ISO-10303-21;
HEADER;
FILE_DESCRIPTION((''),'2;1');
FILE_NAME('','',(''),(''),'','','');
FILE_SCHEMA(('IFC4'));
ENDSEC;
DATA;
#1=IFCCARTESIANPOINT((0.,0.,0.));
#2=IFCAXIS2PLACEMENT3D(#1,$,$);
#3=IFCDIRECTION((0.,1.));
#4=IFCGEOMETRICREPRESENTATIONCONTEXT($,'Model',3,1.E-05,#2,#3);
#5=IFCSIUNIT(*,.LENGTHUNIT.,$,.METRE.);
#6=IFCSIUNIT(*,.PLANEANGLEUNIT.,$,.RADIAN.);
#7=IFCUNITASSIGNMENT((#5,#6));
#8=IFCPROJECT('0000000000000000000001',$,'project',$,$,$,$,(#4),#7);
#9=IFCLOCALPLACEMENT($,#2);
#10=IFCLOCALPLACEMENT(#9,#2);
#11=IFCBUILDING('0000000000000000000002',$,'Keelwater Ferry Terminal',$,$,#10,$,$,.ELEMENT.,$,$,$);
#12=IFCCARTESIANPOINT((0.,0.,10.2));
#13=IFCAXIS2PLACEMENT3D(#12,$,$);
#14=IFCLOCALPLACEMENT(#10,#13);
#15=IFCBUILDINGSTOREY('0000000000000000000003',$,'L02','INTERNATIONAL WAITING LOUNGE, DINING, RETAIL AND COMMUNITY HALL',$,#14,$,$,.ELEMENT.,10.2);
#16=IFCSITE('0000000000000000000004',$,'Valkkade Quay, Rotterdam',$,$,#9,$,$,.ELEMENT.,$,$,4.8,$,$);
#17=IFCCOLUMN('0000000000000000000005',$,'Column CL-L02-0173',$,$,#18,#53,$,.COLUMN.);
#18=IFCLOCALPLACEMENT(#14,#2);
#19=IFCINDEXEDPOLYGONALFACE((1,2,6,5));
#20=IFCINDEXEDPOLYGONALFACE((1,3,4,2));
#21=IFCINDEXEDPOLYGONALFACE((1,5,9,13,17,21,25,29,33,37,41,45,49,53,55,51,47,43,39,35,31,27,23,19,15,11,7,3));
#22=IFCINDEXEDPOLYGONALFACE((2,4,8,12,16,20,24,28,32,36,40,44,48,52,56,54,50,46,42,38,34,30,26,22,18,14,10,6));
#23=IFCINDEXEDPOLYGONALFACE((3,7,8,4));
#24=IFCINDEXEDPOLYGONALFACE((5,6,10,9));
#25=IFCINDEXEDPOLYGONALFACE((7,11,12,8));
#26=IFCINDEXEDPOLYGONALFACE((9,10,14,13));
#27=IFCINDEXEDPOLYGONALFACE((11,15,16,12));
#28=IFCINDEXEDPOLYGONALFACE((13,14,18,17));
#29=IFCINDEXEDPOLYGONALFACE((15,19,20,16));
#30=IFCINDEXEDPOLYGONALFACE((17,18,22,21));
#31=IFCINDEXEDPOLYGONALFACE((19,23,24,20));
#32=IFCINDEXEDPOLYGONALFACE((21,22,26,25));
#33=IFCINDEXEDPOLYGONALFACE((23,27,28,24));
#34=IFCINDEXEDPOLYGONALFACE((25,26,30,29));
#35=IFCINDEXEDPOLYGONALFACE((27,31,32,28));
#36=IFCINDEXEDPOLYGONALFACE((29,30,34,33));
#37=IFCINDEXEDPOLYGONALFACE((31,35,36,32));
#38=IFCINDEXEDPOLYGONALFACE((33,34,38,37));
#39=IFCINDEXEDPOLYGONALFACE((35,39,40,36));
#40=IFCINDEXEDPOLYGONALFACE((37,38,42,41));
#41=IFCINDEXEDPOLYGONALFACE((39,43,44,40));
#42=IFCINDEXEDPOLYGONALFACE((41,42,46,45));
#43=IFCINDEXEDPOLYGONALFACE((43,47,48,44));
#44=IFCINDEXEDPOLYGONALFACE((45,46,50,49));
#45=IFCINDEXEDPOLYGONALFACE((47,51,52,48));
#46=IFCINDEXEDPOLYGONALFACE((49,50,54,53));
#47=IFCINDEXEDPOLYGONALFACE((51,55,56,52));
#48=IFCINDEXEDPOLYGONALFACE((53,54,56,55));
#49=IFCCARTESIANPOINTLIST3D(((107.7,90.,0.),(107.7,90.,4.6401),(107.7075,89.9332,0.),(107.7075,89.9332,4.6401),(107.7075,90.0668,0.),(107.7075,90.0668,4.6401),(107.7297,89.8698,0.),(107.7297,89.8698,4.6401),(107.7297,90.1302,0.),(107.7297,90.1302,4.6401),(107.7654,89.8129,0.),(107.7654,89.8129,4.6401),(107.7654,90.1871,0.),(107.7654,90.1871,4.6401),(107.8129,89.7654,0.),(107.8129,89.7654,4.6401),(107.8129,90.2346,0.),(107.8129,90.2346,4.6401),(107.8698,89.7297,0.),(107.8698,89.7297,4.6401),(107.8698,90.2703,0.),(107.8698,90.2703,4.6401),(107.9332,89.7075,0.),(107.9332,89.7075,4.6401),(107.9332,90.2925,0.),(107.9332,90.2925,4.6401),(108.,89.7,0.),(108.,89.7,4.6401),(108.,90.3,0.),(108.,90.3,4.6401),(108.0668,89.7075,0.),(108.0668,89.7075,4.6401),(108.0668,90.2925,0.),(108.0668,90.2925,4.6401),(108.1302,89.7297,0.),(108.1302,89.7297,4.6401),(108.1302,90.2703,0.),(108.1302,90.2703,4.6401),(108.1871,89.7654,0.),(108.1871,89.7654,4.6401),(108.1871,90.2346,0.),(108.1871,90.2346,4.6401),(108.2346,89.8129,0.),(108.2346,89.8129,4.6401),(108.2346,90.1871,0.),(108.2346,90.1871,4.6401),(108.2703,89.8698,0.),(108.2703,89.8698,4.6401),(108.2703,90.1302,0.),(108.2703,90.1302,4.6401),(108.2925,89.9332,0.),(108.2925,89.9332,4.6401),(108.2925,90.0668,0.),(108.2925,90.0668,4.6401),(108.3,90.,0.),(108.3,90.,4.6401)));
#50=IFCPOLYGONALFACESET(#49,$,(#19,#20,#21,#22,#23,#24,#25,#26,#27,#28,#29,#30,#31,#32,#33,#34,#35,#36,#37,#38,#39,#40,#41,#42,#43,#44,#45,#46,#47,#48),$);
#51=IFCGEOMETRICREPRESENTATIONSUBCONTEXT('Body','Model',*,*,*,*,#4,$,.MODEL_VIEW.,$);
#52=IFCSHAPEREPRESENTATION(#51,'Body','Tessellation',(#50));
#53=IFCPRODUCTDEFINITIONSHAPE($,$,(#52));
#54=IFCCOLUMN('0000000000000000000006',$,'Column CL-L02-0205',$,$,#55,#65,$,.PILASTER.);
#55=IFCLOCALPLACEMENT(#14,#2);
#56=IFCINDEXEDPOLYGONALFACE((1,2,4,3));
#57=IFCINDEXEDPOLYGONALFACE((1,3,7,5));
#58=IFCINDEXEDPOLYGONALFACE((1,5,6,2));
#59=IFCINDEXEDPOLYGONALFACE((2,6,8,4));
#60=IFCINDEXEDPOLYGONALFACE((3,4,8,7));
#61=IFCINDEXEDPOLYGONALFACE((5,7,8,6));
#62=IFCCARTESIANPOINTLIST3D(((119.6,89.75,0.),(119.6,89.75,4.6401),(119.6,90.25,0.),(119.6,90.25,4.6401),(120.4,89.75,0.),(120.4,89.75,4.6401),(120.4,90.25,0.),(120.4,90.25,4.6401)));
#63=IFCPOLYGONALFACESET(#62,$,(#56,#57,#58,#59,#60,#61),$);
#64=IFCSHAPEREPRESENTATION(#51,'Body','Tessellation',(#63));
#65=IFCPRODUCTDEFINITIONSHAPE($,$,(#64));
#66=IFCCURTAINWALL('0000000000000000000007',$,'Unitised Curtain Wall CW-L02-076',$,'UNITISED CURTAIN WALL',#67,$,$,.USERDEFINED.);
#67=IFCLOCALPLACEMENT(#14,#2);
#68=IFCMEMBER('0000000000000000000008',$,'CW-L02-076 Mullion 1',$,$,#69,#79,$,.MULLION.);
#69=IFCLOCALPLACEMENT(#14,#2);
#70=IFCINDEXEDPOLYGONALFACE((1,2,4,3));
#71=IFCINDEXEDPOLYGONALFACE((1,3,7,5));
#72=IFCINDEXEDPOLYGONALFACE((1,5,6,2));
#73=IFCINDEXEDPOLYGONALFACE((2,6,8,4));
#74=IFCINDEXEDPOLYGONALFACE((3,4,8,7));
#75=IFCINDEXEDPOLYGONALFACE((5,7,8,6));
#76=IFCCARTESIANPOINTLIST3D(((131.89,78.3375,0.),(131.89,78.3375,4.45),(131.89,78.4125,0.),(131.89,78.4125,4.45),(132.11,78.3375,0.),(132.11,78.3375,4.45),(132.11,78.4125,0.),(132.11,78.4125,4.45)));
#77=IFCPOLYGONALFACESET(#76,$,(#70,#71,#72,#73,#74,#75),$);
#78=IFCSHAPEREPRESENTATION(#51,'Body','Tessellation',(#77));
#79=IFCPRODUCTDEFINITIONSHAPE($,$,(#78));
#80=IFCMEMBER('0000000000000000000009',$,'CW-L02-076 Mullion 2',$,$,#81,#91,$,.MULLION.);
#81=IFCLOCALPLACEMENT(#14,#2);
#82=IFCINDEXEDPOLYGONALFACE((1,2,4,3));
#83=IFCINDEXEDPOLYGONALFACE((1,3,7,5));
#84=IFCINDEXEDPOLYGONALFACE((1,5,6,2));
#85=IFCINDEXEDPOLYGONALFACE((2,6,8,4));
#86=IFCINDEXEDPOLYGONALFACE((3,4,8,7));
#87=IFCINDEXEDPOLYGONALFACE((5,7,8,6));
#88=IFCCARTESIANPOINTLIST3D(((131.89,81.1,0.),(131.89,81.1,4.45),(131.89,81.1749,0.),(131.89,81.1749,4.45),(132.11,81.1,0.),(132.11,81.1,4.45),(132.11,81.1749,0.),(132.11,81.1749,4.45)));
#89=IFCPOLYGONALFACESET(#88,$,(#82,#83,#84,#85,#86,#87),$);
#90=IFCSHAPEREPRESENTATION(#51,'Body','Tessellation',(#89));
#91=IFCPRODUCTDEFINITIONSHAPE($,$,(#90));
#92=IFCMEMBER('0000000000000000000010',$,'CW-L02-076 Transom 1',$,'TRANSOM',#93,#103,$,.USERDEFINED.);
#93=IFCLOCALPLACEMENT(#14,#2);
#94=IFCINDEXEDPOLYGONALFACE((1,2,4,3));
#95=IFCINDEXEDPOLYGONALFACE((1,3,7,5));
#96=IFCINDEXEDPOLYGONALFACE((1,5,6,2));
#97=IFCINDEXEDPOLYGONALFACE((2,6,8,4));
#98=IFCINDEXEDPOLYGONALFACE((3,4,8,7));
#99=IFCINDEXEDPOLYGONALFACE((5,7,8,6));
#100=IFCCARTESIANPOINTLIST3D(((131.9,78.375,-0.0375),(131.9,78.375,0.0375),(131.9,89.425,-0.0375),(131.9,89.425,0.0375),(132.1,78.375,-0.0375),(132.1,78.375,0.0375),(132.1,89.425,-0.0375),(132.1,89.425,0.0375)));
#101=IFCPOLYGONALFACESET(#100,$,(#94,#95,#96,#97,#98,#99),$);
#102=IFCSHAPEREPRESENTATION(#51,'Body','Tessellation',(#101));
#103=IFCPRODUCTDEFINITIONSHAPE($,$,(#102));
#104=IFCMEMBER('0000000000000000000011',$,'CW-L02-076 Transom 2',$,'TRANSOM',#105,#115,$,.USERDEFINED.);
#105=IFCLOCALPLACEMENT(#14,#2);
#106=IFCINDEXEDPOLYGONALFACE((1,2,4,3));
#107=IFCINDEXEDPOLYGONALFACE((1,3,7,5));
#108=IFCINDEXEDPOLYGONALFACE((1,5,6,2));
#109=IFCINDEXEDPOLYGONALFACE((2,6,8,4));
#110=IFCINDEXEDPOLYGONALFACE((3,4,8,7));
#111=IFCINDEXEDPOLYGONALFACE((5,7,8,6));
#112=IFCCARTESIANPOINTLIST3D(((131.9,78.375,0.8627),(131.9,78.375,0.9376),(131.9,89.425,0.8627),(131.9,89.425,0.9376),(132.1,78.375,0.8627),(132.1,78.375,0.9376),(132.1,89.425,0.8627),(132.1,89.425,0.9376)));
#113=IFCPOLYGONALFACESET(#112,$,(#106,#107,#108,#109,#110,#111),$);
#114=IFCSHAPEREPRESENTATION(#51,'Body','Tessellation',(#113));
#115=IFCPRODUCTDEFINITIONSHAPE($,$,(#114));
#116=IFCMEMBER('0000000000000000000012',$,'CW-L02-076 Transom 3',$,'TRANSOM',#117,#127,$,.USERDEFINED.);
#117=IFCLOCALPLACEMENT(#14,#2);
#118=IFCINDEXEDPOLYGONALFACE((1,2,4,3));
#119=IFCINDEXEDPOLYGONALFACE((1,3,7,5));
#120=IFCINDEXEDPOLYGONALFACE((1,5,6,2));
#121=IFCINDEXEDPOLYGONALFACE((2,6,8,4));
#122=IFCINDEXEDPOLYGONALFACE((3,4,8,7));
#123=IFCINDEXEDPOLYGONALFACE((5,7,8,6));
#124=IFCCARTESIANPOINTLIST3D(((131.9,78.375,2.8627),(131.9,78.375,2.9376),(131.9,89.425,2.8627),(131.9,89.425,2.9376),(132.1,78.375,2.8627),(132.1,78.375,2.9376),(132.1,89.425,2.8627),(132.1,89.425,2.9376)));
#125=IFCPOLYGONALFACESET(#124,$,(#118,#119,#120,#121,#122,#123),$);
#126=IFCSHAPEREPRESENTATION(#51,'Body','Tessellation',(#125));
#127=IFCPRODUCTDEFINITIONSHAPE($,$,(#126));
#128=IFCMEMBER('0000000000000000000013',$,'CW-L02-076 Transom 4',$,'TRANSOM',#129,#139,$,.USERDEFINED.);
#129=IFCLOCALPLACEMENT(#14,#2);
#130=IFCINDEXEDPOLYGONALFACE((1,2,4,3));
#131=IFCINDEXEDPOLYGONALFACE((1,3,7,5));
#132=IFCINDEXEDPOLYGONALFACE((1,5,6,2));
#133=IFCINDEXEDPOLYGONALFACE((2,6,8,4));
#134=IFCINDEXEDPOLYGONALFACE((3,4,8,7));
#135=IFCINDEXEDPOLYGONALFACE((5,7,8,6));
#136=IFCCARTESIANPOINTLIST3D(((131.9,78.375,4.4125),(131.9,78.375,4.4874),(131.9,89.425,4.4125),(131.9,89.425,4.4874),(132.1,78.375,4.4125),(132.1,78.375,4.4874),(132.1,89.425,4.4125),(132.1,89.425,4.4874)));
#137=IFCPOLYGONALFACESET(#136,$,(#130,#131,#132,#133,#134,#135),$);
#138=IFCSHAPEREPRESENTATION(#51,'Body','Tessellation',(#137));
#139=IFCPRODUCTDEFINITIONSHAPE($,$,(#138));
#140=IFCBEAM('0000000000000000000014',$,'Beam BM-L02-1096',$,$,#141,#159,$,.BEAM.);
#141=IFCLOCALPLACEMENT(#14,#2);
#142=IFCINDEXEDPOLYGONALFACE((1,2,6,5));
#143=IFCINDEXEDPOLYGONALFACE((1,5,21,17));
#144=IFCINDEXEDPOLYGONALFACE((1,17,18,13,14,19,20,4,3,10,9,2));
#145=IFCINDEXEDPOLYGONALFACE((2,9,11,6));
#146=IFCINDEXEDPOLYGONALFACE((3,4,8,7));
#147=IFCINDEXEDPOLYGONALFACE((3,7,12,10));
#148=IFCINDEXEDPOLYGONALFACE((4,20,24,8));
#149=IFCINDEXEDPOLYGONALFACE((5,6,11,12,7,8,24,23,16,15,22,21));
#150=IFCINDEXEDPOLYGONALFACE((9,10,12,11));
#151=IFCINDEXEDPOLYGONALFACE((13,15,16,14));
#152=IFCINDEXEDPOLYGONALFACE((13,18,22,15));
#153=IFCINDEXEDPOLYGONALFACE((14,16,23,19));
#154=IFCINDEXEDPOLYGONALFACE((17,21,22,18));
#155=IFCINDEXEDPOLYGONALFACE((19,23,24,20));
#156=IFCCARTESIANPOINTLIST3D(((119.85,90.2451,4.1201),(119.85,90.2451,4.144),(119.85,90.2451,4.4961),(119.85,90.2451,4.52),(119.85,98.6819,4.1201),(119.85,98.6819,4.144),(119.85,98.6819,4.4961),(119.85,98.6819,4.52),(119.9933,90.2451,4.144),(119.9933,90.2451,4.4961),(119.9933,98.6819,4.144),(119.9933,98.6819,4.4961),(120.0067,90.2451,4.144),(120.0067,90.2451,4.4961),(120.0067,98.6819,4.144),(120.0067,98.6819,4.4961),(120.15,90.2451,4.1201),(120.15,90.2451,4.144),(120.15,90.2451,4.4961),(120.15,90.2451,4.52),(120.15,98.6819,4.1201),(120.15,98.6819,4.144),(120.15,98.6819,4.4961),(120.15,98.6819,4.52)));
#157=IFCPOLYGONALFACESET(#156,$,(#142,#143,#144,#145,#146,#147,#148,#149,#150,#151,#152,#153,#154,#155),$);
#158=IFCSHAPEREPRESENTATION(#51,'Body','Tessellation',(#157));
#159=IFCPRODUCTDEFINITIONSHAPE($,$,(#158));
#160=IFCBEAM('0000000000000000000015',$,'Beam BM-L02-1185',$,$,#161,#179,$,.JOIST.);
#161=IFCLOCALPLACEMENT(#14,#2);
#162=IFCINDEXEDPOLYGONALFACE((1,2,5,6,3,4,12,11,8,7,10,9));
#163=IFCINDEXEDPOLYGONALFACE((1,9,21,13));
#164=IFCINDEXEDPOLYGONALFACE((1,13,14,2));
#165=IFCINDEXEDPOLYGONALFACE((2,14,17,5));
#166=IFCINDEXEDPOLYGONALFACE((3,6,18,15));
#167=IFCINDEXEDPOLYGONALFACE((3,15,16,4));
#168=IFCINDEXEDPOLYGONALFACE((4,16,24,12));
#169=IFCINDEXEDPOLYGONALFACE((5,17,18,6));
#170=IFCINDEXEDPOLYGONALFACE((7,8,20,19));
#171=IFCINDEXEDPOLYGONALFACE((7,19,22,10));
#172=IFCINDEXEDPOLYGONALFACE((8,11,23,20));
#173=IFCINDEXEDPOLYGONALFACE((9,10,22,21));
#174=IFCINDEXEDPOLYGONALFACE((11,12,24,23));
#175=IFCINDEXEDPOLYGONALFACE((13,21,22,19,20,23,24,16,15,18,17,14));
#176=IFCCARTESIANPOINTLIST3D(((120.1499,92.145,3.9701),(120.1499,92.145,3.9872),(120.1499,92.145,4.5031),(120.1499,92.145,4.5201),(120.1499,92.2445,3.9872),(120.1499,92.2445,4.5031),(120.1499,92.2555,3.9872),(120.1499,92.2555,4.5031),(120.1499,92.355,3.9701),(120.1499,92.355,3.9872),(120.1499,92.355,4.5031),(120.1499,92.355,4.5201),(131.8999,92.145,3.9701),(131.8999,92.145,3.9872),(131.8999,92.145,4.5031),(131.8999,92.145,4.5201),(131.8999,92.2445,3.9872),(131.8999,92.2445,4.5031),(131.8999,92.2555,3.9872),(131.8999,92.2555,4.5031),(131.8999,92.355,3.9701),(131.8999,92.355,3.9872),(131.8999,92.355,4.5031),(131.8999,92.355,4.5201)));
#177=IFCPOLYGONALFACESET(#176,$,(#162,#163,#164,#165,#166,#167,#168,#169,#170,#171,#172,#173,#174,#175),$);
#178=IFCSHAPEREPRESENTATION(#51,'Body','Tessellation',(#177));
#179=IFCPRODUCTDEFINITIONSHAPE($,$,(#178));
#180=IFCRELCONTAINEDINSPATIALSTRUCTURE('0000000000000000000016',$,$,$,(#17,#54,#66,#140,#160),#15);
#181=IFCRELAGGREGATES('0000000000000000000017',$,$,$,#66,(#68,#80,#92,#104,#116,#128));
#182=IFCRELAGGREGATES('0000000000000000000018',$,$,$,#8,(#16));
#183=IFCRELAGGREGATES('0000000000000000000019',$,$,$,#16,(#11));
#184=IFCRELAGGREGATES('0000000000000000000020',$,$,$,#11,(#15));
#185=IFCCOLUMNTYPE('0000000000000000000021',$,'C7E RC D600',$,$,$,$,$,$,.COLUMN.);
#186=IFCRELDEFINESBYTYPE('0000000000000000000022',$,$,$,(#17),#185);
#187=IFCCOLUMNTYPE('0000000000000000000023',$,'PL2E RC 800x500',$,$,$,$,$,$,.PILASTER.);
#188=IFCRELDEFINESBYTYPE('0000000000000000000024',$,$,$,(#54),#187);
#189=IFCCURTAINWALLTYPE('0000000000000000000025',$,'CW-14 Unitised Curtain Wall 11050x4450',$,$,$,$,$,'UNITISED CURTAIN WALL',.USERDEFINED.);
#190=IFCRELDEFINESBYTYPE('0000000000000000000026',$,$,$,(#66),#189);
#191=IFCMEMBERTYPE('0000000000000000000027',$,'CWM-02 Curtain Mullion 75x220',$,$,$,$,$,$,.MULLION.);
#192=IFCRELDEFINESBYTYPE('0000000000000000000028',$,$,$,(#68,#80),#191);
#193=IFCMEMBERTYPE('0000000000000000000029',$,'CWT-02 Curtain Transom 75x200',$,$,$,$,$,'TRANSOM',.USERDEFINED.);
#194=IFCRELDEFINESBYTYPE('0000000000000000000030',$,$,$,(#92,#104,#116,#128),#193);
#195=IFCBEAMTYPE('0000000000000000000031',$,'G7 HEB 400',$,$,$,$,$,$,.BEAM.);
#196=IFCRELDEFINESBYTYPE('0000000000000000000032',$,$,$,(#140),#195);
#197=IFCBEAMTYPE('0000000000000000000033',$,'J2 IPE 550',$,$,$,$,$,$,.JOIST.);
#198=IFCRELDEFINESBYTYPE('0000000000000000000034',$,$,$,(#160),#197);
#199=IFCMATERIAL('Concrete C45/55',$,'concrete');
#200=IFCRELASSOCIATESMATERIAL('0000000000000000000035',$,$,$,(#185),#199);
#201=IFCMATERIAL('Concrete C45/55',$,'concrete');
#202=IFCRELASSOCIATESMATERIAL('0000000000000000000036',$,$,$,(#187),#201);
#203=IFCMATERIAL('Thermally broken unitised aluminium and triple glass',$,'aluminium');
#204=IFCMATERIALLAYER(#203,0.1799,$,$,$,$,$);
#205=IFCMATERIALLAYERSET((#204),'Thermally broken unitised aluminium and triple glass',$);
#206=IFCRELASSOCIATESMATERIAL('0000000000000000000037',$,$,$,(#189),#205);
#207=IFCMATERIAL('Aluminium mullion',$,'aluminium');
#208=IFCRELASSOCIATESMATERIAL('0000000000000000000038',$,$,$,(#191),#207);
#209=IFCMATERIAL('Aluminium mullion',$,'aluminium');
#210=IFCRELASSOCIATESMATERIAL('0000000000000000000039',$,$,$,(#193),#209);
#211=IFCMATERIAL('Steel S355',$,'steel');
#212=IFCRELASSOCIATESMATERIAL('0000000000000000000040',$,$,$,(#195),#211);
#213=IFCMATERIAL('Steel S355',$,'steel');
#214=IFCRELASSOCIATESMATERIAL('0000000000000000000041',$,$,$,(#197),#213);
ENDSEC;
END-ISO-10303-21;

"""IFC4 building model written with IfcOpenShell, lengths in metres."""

from ifc_helpers import new_model, si_unit, direction, frame, origin, origin_2d, place, context, subcontext, project, spatial, rectangle, circle, i_section, extrude, material, layer, layer_set, material_profile, profile_set, type_object, element, aggregate, save


model = new_model("IFC4")

# Units and contexts
model_context = context("Model", 3, precision=1e-05, world=origin(), true_north=direction((0.0, 1.0)))
body_context = subcontext(model_context, "Body", "Model", "MODEL_VIEW")
ifc_project = project(units=[si_unit("LENGTHUNIT", "METRE"), si_unit("PLANEANGLEUNIT", "RADIAN")], contexts=[model_context])

# Site, building, storey
site_placement = place(None, origin())
site = spatial("IfcSite", under=ifc_project, at=site_placement, Name="Valkkade Quay, Rotterdam", CompositionType="ELEMENT", RefElevation=4.8)
building_placement = place(site_placement, origin())
building = spatial("IfcBuilding", under=site, at=building_placement, Name="Keelwater Ferry Terminal", CompositionType="ELEMENT")
storey_placement = place(building_placement, frame((0.0, 0.0, 10.2)))
storey = spatial("IfcBuildingStorey", under=building, at=storey_placement, Name="L02", Description="INTERNATIONAL WAITING LOUNGE, DINING, RETAIL AND COMMUNITY HALL", CompositionType="ELEMENT", Elevation=10.2)

# Columns
ifc_material_1 = material(Name="Concrete C45/55", Category="concrete")
ifc_material_profile_1 = material_profile(ifc_material_1, circle(Radius=0.3, at=origin_2d()), Name="RC D600")
ifc_profile_set_1 = profile_set([ifc_material_profile_1], Name="Concrete C45/55")
column_type_1 = type_object("IfcColumnType", Name="C7E RC D600", PredefinedType="COLUMN", material=ifc_profile_set_1)
column_1_placement = place(storey_placement, frame((108.0, 90.0, 0.0), z_axis=(0.0, 0.0, 1.0), x_axis=(1.0, 0.0, 0.0)))
element("IfcColumn", 1, at=column_1_placement, inside=storey, type_object=column_type_1, Name="Column CL-L02-0173", PredefinedType="COLUMN", context=body_context, shape_type="SweptSolid", body=[
    extrude(circle(Radius=0.3, at=origin_2d()), origin(), (0.0, 0.0, 1.0), 4.6401),
])
ifc_material_2 = material(Name="Concrete C45/55", Category="concrete")
ifc_material_profile_2 = material_profile(ifc_material_2, rectangle(XDim=0.5, YDim=0.8, at=origin_2d()), Name="RC 800x500")
ifc_profile_set_2 = profile_set([ifc_material_profile_2], Name="Concrete C45/55")
column_type_2 = type_object("IfcColumnType", Name="PL2E RC 800x500", PredefinedType="PILASTER", material=ifc_profile_set_2)
column_2_placement = place(storey_placement, frame((120.0, 90.0, 0.0), z_axis=(0.0, 0.0, 1.0), x_axis=(0.0, 1.0, 0.0)))
element("IfcColumn", 2, at=column_2_placement, inside=storey, type_object=column_type_2, Name="Column CL-L02-0205", PredefinedType="PILASTER", context=body_context, shape_type="SweptSolid", body=[
    extrude(rectangle(XDim=0.5, YDim=0.8, at=origin_2d()), origin(), (0.0, 0.0, 1.0), 4.6401),
])

# Curtain wall, members
ifc_material_3 = material(Name="Thermally broken unitised aluminium and triple glass", Category="aluminium")
ifc_layer_1 = layer(ifc_material_3, 0.1799)
ifc_layer_set_1 = layer_set([ifc_layer_1], Name="Thermally broken unitised aluminium and triple glass")
curtain_wall_type = type_object("IfcCurtainWallType", Name="CW-14 Unitised Curtain Wall 11050x4450", ElementType="UNITISED CURTAIN WALL", PredefinedType="USERDEFINED", material=ifc_layer_set_1)
curtain_wall_placement = place(storey_placement, origin())
curtain_wall = element("IfcCurtainWall", 3, at=curtain_wall_placement, inside=storey, type_object=curtain_wall_type, Name="Unitised Curtain Wall CW-L02-076", ObjectType="UNITISED CURTAIN WALL", PredefinedType="USERDEFINED")
ifc_material_4 = material(Name="Aluminium mullion", Category="aluminium")
ifc_material_profile_3 = material_profile(ifc_material_4, rectangle(XDim=0.075, YDim=0.22, at=origin_2d()), Name="CWM-02")
ifc_profile_set_3 = profile_set([ifc_material_profile_3], Name="Aluminium mullion")
member_type_1 = type_object("IfcMemberType", Name="CWM-02 Curtain Mullion 75x220", PredefinedType="MULLION", material=ifc_profile_set_3)
member_1_placement = place(storey_placement, frame((132.0, 78.375, 0.0), z_axis=(0.0, 0.0, 1.0), x_axis=(0.0, 1.0, 0.0)))
member_1 = element("IfcMember", 4, at=member_1_placement, type_object=member_type_1, Name="CW-L02-076 Mullion 1", PredefinedType="MULLION", context=body_context, shape_type="SweptSolid", body=[
    extrude(rectangle(XDim=0.075, YDim=0.22, at=origin_2d()), origin(), (0.0, 0.0, 1.0), 4.45),
])
member_2_placement = place(storey_placement, frame((132.0, 81.1375, 0.0), z_axis=(0.0, 0.0, 1.0), x_axis=(0.0, 1.0, 0.0)))
member_2 = element("IfcMember", 5, at=member_2_placement, type_object=member_type_1, Name="CW-L02-076 Mullion 2", PredefinedType="MULLION", context=body_context, shape_type="SweptSolid", body=[
    extrude(rectangle(XDim=0.075, YDim=0.22, at=origin_2d()), origin(), (0.0, 0.0, 1.0), 4.45),
])
ifc_material_5 = material(Name="Aluminium mullion", Category="aluminium")
ifc_material_profile_4 = material_profile(ifc_material_5, rectangle(XDim=0.2, YDim=0.075, at=origin_2d()), Name="CWT-02")
ifc_profile_set_4 = profile_set([ifc_material_profile_4], Name="Aluminium mullion")
member_type_2 = type_object("IfcMemberType", Name="CWT-02 Curtain Transom 75x200", ElementType="TRANSOM", PredefinedType="USERDEFINED", material=ifc_profile_set_4)
member_3_placement = place(storey_placement, frame((132.0, 78.375, 0.0), z_axis=(0.0, 1.0, 0.0), x_axis=(-1.0, 0.0, 0.0)))
member_3 = element("IfcMember", 6, at=member_3_placement, type_object=member_type_2, Name="CW-L02-076 Transom 1", ObjectType="TRANSOM", PredefinedType="USERDEFINED", context=body_context, shape_type="SweptSolid", body=[
    extrude(rectangle(XDim=0.2, YDim=0.075, at=origin_2d()), origin(), (0.0, 0.0, 1.0), 11.05),
])
member_4_placement = place(storey_placement, frame((132.0, 78.375, 0.9001), z_axis=(0.0, 1.0, 0.0), x_axis=(-1.0, 0.0, 0.0)))
member_4 = element("IfcMember", 7, at=member_4_placement, type_object=member_type_2, Name="CW-L02-076 Transom 2", ObjectType="TRANSOM", PredefinedType="USERDEFINED", context=body_context, shape_type="SweptSolid", body=[
    extrude(rectangle(XDim=0.2, YDim=0.075, at=origin_2d()), origin(), (0.0, 0.0, 1.0), 11.05),
])
member_5_placement = place(storey_placement, frame((132.0, 78.375, 2.9001), z_axis=(0.0, 1.0, 0.0), x_axis=(-1.0, 0.0, 0.0)))
member_5 = element("IfcMember", 8, at=member_5_placement, type_object=member_type_2, Name="CW-L02-076 Transom 3", ObjectType="TRANSOM", PredefinedType="USERDEFINED", context=body_context, shape_type="SweptSolid", body=[
    extrude(rectangle(XDim=0.2, YDim=0.075, at=origin_2d()), origin(), (0.0, 0.0, 1.0), 11.05),
])
member_6_placement = place(storey_placement, frame((132.0, 78.375, 4.45), z_axis=(0.0, 1.0, 0.0), x_axis=(-1.0, 0.0, 0.0)))
member_6 = element("IfcMember", 9, at=member_6_placement, type_object=member_type_2, Name="CW-L02-076 Transom 4", ObjectType="TRANSOM", PredefinedType="USERDEFINED", context=body_context, shape_type="SweptSolid", body=[
    extrude(rectangle(XDim=0.2, YDim=0.075, at=origin_2d()), origin(), (0.0, 0.0, 1.0), 11.05),
])

# Beams
ifc_material_6 = material(Name="Steel S355", Category="steel")
ifc_material_profile_5 = material_profile(ifc_material_6, i_section(OverallWidth=0.3, OverallDepth=0.3999, WebThickness=0.0134, FlangeThickness=0.0239, at=origin_2d()), Name="HEB 400")
ifc_profile_set_5 = profile_set([ifc_material_profile_5], Name="Steel S355")
beam_type_1 = type_object("IfcBeamType", Name="G7 HEB 400", PredefinedType="BEAM", material=ifc_profile_set_5)
beam_1_placement = place(storey_placement, frame((120.0, 90.2451, 4.3201), z_axis=(0.0, 1.0, 0.0), x_axis=(-1.0, 0.0, 0.0)))
element("IfcBeam", 10, at=beam_1_placement, inside=storey, type_object=beam_type_1, Name="Beam BM-L02-1096", PredefinedType="BEAM", context=body_context, shape_type="SweptSolid", body=[
    extrude(i_section(OverallWidth=0.3, OverallDepth=0.3999, WebThickness=0.0134, FlangeThickness=0.0239, at=origin_2d()), origin(), (0.0, 0.0, 1.0), 8.4368),
])
ifc_material_7 = material(Name="Steel S355", Category="steel")
ifc_material_profile_6 = material_profile(ifc_material_7, i_section(OverallWidth=0.21, OverallDepth=0.55, WebThickness=0.011, FlangeThickness=0.0171, at=origin_2d()), Name="IPE 550")
ifc_profile_set_6 = profile_set([ifc_material_profile_6], Name="Steel S355")
beam_type_2 = type_object("IfcBeamType", Name="J2 IPE 550", PredefinedType="JOIST", material=ifc_profile_set_6)
beam_2_placement = place(storey_placement, frame((120.1499, 92.25, 4.2451), z_axis=(1.0, 0.0, 0.0), x_axis=(0.0, 1.0, 0.0)))
element("IfcBeam", 11, at=beam_2_placement, inside=storey, type_object=beam_type_2, Name="Beam BM-L02-1185", PredefinedType="JOIST", context=body_context, shape_type="SweptSolid", body=[
    extrude(i_section(OverallWidth=0.21, OverallDepth=0.55, WebThickness=0.011, FlangeThickness=0.0171, at=origin_2d()), origin(), (0.0, 0.0, 1.0), 11.75),
])

aggregate(curtain_wall, [member_1, member_2, member_3, member_4, member_5, member_6])

save(model, "model.ifc")
